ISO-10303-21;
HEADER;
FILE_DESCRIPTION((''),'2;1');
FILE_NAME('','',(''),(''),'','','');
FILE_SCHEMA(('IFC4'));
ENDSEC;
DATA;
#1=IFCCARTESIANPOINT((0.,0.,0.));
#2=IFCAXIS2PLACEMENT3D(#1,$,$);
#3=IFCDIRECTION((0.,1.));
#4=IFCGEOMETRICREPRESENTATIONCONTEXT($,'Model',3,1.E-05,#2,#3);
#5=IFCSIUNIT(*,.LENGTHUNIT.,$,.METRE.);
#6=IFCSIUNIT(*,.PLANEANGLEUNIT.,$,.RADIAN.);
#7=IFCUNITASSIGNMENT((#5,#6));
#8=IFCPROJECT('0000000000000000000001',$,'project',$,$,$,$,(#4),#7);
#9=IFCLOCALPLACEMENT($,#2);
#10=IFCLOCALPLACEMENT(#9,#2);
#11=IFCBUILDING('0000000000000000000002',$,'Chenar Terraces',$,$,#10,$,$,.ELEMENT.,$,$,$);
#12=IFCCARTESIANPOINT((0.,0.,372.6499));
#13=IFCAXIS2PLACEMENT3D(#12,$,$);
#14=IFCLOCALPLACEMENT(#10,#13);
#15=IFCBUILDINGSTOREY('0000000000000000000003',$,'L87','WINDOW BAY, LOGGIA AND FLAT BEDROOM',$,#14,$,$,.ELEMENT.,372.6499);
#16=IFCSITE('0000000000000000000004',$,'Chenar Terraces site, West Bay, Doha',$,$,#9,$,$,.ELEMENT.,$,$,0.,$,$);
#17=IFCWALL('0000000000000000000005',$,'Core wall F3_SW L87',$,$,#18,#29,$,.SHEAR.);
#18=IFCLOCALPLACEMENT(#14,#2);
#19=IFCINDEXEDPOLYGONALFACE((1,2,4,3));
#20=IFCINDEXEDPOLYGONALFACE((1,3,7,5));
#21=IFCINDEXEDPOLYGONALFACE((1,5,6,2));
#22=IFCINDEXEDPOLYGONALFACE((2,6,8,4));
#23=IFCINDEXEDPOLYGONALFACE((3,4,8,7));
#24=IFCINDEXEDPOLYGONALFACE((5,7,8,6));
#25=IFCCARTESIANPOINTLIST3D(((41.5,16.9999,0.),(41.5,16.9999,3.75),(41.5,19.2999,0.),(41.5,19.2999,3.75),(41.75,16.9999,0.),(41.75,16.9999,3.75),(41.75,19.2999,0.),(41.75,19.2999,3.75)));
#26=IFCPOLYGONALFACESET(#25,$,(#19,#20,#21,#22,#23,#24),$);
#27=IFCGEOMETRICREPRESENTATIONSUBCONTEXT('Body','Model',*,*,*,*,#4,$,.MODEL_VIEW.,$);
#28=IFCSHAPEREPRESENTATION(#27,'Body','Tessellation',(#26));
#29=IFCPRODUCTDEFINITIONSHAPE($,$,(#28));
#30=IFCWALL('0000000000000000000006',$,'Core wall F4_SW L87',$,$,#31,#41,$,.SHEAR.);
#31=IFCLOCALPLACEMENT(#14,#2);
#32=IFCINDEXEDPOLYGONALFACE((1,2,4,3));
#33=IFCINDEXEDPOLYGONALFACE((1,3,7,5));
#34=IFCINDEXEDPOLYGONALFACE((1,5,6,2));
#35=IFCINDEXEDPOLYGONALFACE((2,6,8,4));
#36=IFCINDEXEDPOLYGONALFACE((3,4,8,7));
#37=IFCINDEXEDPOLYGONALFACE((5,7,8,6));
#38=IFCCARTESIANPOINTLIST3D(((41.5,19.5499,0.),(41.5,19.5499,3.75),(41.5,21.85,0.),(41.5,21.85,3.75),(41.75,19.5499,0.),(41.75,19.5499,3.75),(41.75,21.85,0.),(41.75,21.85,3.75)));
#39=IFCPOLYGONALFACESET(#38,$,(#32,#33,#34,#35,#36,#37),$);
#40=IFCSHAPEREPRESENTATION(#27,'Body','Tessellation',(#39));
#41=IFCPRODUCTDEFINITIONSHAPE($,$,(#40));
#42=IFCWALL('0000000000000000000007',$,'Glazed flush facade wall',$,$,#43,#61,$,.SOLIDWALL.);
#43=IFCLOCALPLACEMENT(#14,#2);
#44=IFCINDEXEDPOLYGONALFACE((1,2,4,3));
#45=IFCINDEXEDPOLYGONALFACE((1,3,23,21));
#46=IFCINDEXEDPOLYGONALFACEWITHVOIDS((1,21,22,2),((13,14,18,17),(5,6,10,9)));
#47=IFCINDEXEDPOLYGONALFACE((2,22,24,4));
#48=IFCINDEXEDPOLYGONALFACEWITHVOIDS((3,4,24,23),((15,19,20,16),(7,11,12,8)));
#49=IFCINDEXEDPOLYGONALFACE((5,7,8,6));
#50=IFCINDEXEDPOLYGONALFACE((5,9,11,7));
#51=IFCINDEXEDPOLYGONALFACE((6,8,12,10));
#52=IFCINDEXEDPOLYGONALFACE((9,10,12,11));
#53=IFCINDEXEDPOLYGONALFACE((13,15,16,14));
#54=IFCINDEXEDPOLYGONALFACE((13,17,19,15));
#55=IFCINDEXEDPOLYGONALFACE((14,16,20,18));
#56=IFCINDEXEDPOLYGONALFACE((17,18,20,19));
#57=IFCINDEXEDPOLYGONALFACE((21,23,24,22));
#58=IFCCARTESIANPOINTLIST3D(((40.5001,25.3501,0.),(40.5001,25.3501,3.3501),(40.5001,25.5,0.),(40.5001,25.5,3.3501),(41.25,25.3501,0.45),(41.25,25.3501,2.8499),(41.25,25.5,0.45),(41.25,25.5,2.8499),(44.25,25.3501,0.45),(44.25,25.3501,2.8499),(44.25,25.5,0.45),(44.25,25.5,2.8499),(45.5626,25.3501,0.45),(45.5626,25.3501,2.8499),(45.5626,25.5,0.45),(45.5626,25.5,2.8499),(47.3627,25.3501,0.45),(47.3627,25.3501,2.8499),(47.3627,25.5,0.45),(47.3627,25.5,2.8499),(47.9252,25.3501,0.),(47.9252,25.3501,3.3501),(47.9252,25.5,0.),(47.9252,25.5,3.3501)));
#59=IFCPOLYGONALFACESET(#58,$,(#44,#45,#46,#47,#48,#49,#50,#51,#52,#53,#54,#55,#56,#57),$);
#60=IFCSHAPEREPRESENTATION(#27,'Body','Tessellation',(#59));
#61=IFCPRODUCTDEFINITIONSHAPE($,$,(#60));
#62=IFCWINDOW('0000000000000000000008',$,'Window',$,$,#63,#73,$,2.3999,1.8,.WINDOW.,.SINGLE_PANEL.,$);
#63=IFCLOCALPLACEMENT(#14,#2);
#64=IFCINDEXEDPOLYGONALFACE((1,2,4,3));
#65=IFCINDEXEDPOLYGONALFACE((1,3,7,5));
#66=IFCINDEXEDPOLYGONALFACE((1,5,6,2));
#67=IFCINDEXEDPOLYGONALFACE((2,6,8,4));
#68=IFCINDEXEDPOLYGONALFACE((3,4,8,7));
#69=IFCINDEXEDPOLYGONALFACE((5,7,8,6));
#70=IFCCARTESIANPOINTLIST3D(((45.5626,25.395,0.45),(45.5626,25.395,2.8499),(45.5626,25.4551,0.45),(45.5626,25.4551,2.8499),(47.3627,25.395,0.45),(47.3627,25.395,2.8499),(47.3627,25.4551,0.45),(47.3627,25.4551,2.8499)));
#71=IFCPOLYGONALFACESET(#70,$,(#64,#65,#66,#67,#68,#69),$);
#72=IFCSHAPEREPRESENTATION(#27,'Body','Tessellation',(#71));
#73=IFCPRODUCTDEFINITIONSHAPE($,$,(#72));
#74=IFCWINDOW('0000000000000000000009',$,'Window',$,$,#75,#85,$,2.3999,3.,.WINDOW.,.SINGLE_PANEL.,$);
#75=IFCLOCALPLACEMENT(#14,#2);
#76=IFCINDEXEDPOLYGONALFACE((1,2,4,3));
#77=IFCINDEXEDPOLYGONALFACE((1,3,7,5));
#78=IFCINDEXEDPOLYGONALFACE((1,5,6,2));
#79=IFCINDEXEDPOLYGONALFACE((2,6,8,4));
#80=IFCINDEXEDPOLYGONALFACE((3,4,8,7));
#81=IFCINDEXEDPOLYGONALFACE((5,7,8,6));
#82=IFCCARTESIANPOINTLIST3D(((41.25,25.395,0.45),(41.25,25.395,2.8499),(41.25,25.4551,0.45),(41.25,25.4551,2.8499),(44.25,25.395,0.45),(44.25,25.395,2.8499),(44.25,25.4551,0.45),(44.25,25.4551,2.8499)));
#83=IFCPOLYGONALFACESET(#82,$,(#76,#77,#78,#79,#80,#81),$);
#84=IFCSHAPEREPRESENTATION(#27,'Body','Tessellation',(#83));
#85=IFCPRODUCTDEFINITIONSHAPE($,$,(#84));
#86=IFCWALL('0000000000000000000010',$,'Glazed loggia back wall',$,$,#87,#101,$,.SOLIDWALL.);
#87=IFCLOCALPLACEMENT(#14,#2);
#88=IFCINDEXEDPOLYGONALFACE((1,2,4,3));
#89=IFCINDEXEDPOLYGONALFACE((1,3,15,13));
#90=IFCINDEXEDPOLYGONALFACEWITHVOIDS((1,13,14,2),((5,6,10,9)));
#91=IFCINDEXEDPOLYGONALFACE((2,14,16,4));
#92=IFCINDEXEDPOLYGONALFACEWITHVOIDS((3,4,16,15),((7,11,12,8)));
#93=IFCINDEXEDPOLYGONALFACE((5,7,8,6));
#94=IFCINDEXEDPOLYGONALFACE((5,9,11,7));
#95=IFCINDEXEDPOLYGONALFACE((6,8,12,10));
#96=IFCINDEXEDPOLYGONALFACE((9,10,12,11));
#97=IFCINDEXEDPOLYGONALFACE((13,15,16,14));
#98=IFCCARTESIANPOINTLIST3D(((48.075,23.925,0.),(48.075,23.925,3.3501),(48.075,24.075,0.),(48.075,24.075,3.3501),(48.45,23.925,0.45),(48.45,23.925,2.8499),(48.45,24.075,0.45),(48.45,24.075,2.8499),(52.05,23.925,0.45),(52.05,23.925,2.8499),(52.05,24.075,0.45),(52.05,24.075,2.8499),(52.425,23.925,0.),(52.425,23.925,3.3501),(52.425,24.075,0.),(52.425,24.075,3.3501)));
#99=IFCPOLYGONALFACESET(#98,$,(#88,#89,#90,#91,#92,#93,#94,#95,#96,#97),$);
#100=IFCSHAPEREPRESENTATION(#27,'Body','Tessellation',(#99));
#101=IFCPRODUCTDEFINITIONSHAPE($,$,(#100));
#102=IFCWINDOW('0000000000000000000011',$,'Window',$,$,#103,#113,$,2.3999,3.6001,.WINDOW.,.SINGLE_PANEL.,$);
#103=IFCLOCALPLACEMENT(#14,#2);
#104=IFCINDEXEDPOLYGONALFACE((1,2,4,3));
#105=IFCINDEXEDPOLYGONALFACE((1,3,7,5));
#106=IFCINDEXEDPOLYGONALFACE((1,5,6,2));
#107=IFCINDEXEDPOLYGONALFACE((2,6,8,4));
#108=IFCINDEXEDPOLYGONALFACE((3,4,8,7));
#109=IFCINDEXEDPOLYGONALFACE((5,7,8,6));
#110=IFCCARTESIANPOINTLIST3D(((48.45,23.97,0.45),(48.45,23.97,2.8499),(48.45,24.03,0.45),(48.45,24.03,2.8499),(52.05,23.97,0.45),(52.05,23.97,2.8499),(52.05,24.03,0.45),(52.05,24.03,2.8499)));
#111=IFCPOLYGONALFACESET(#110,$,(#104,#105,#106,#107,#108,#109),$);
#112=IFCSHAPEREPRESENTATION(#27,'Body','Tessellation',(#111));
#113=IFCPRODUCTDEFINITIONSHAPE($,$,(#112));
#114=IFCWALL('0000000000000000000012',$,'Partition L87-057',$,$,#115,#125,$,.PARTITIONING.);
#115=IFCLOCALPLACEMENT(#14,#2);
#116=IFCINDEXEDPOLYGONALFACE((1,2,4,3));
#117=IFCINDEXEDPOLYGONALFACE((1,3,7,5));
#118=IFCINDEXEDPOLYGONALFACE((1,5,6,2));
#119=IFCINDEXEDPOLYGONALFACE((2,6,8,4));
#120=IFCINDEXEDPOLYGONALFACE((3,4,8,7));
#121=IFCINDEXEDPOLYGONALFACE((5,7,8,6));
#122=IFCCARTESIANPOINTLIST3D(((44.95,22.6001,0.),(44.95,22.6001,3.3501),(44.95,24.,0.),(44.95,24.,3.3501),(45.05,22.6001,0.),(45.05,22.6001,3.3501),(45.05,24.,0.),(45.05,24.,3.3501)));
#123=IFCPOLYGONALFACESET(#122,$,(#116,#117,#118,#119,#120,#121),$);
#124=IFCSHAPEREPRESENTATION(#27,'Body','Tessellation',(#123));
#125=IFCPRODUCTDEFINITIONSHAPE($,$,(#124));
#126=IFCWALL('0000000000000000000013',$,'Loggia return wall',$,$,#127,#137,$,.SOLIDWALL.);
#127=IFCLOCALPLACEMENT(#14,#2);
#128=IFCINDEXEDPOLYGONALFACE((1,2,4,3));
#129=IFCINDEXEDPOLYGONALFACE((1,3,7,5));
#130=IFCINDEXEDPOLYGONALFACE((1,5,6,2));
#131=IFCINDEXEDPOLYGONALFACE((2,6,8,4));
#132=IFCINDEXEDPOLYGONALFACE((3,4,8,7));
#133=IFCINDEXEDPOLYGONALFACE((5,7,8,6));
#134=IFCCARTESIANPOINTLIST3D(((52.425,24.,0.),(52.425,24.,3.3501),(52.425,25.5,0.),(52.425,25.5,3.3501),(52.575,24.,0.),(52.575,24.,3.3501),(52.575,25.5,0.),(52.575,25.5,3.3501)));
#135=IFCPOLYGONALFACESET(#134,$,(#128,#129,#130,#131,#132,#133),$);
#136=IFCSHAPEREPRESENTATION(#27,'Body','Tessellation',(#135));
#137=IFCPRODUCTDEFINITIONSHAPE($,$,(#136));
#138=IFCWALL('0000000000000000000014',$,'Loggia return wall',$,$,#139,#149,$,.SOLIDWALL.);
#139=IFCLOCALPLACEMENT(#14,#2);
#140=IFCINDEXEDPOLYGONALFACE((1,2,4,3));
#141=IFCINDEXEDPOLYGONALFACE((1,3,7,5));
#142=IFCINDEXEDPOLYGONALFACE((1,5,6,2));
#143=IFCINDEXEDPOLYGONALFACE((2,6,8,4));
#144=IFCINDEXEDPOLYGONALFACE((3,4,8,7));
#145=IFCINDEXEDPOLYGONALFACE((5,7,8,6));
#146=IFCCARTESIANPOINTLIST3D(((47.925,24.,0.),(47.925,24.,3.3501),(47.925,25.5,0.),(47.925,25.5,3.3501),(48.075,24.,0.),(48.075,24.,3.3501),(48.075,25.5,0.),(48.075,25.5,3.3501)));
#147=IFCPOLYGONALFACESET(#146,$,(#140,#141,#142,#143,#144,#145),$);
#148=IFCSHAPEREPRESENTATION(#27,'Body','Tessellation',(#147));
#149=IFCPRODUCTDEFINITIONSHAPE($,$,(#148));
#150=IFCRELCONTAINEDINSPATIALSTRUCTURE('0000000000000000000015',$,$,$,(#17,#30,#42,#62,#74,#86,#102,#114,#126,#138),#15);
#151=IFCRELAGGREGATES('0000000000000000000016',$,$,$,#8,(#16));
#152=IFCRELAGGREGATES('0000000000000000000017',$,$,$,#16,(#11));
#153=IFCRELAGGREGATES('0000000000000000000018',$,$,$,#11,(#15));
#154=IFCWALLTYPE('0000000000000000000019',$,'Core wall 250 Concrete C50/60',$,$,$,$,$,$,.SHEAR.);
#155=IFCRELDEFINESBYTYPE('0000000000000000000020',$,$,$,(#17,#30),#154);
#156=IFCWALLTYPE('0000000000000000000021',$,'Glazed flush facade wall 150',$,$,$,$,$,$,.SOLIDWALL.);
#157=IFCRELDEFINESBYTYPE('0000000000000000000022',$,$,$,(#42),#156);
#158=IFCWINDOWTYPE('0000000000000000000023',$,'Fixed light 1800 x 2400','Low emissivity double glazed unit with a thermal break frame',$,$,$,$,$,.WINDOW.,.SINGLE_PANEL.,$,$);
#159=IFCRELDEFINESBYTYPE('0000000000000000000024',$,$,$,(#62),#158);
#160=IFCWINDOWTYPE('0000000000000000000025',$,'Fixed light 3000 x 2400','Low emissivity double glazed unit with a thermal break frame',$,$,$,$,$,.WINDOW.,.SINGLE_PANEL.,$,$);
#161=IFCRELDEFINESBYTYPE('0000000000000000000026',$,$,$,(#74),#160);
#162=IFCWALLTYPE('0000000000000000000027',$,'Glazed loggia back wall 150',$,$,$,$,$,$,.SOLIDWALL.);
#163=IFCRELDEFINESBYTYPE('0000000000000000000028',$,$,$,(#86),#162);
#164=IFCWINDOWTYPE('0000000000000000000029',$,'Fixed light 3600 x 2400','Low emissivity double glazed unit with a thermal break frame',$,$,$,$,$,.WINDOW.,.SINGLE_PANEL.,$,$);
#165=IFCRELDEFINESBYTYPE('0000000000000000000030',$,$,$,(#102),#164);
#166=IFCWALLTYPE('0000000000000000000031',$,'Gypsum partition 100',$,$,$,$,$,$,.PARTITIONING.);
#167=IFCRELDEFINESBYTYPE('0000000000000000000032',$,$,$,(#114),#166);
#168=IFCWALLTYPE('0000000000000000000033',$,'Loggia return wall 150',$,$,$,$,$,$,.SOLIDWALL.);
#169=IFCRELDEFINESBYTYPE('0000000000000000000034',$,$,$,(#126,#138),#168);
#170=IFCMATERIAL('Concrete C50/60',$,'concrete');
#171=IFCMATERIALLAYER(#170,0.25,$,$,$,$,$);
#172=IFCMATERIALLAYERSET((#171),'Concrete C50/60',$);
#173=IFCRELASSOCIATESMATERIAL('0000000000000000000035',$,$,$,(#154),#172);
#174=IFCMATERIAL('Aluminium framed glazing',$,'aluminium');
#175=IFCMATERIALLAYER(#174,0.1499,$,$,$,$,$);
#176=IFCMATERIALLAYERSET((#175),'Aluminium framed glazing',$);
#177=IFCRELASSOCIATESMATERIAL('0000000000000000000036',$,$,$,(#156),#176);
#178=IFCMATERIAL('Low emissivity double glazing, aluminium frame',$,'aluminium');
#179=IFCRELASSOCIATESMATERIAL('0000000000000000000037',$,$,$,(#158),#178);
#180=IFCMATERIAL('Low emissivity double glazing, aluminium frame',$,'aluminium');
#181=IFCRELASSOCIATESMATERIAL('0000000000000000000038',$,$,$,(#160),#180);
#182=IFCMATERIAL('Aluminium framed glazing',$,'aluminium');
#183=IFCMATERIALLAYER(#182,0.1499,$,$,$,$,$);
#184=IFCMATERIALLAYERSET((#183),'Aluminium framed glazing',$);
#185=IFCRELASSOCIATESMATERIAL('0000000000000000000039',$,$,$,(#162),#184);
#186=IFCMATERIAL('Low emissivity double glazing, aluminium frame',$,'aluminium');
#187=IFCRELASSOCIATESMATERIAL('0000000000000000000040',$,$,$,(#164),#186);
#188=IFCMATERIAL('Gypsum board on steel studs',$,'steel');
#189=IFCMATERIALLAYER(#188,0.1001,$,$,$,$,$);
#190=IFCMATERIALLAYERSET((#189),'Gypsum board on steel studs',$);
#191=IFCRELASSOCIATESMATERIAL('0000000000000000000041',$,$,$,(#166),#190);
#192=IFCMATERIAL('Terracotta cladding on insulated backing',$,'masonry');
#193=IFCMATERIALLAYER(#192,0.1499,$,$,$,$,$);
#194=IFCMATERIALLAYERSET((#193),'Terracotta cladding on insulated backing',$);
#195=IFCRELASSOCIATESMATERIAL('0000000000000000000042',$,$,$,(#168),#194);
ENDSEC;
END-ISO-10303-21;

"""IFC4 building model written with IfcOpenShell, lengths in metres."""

from ifc_helpers import new_model, si_unit, direction, frame, frame_2d, origin, place, context, subcontext, project, spatial, rectangle, extrude, material, layer, layer_set, type_object, element, fill, save


model = new_model("IFC4")

# Units and contexts
model_context = context("Model", 3, precision=1e-05, world=origin(), true_north=direction((0.0, 1.0)))
body_context = subcontext(model_context, "Body", "Model", "MODEL_VIEW")
ifc_project = project(units=[si_unit("LENGTHUNIT", "METRE"), si_unit("PLANEANGLEUNIT", "RADIAN")], contexts=[model_context])

# Site, building, storey
site_placement = place(None, origin())
site = spatial("IfcSite", under=ifc_project, at=site_placement, Name="Chenar Terraces site, West Bay, Doha", CompositionType="ELEMENT", RefElevation=0.0)
building_placement = place(site_placement, origin())
building = spatial("IfcBuilding", under=site, at=building_placement, Name="Chenar Terraces", CompositionType="ELEMENT")
storey_placement = place(building_placement, frame((0.0, 0.0, 372.6499)))
storey = spatial("IfcBuildingStorey", under=building, at=storey_placement, Name="L87", Description="WINDOW BAY, LOGGIA AND FLAT BEDROOM", CompositionType="ELEMENT", Elevation=372.6499)

# Walls
ifc_material_1 = material(Name="Concrete C50/60", Category="concrete")
ifc_layer_1 = layer(ifc_material_1, 0.25)
ifc_layer_set_1 = layer_set([ifc_layer_1], Name="Concrete C50/60")
wall_type_1 = type_object("IfcWallType", Name="Core wall 250 Concrete C50/60", PredefinedType="SHEAR", material=ifc_layer_set_1)
for number, where, z_axis, x_axis, name in (
    (1, (41.625, 17.0, 0.0), (0.0, 0.0, 1.0), (0.0, 1.0, 0.0), "Core wall F3_SW L87"),
    (2, (41.625, 19.55, 0.0), (0.0, 0.0, 1.0), (0.0, 1.0, 0.0), "Core wall F4_SW L87"),
):
    element("IfcWall", number, at=place(storey_placement, frame(where, z_axis=z_axis, x_axis=x_axis)), inside=storey, type_object=wall_type_1, Name=name, PredefinedType="SHEAR", context=body_context, shape_type="SweptSolid", body=[
        extrude(rectangle(XDim=2.3, YDim=0.25, at=frame_2d((1.1499, 0.0))), origin(), (0.0, 0.0, 1.0), 3.75),
    ])

# Wall, openings, windows
ifc_material_2 = material(Name="Aluminium framed glazing", Category="aluminium")
ifc_layer_2 = layer(ifc_material_2, 0.1499)
ifc_layer_set_2 = layer_set([ifc_layer_2], Name="Aluminium framed glazing")
wall_type_2 = type_object("IfcWallType", Name="Glazed flush facade wall 150", PredefinedType="SOLIDWALL", material=ifc_layer_set_2)
wall_1_placement = place(storey_placement, frame((47.925, 25.425, 0.0), z_axis=(0.0, 0.0, 1.0), x_axis=(-1.0, 0.0, 0.0)))
wall_1 = element("IfcWall", 3, at=wall_1_placement, inside=storey, type_object=wall_type_2, Name="Glazed flush facade wall", PredefinedType="SOLIDWALL", context=body_context, shape_type="SweptSolid", body=[
    extrude(rectangle(XDim=7.425, YDim=0.1499, at=frame_2d((3.7124, 0.0))), origin(), (0.0, 0.0, 1.0), 3.3501),
])
opening_1_placement = place(wall_1_placement, frame((0.5625, 0.0, 0.45)))
opening_1 = element("IfcOpeningElement", 4, at=opening_1_placement, cuts=wall_1, PredefinedType="OPENING", context=body_context, shape_type="SweptSolid", body=[
    extrude(rectangle(XDim=1.8, YDim=2.3999, at=frame_2d((0.8999, 1.2))), frame((0.0, 0.085, 0.0), z_axis=(0.0, -1.0, 0.0), x_axis=(1.0, 0.0, 0.0)), (0.0, 0.0, 1.0), 0.1699),
])
opening_2_placement = place(wall_1_placement, frame((3.675, 0.0, 0.45)))
opening_2 = element("IfcOpeningElement", 5, at=opening_2_placement, cuts=wall_1, PredefinedType="OPENING", context=body_context, shape_type="SweptSolid", body=[
    extrude(rectangle(XDim=3.0, YDim=2.3999, at=frame_2d((1.5, 1.2))), frame((0.0, 0.085, 0.0), z_axis=(0.0, -1.0, 0.0), x_axis=(1.0, 0.0, 0.0)), (0.0, 0.0, 1.0), 0.1699),
])
ifc_material_3 = material(Name="Low emissivity double glazing, aluminium frame", Category="aluminium")
window_type_1 = type_object("IfcWindowType", Name="Fixed light 1800 x 2400", Description="Low emissivity double glazed unit with a thermal break frame", PartitioningType="SINGLE_PANEL", PredefinedType="WINDOW", material=ifc_material_3)
window_1_placement = place(opening_1_placement, origin())
window_1 = element("IfcWindow", 6, at=window_1_placement, inside=storey, type_object=window_type_1, Name="Window", OverallHeight=2.3999, OverallWidth=1.8, PartitioningType="SINGLE_PANEL", PredefinedType="WINDOW", context=body_context, shape_type="SweptSolid", body=[
    extrude(rectangle(XDim=1.8, YDim=2.3999, at=frame_2d((0.8999, 1.2))), frame((0.0, 0.03, 0.0), z_axis=(0.0, -1.0, 0.0), x_axis=(1.0, 0.0, 0.0)), (0.0, 0.0, 1.0), 0.0601),
])
fill(opening_1, window_1)
ifc_material_4 = material(Name="Low emissivity double glazing, aluminium frame", Category="aluminium")
window_type_2 = type_object("IfcWindowType", Name="Fixed light 3000 x 2400", Description="Low emissivity double glazed unit with a thermal break frame", PartitioningType="SINGLE_PANEL", PredefinedType="WINDOW", material=ifc_material_4)
window_2_placement = place(opening_2_placement, origin())
window_2 = element("IfcWindow", 7, at=window_2_placement, inside=storey, type_object=window_type_2, Name="Window", OverallHeight=2.3999, OverallWidth=3.0, PartitioningType="SINGLE_PANEL", PredefinedType="WINDOW", context=body_context, shape_type="SweptSolid", body=[
    extrude(rectangle(XDim=3.0, YDim=2.3999, at=frame_2d((1.5, 1.2))), frame((0.0, 0.03, 0.0), z_axis=(0.0, -1.0, 0.0), x_axis=(1.0, 0.0, 0.0)), (0.0, 0.0, 1.0), 0.0601),
])
fill(opening_2, window_2)

# Wall, opening, window
ifc_material_5 = material(Name="Aluminium framed glazing", Category="aluminium")
ifc_layer_3 = layer(ifc_material_5, 0.1499)
ifc_layer_set_3 = layer_set([ifc_layer_3], Name="Aluminium framed glazing")
wall_type_3 = type_object("IfcWallType", Name="Glazed loggia back wall 150", PredefinedType="SOLIDWALL", material=ifc_layer_set_3)
wall_2_placement = place(storey_placement, frame((52.425, 24.0, 0.0), z_axis=(0.0, 0.0, 1.0), x_axis=(-1.0, 0.0, 0.0)))
wall_2 = element("IfcWall", 8, at=wall_2_placement, inside=storey, type_object=wall_type_3, Name="Glazed loggia back wall", PredefinedType="SOLIDWALL", context=body_context, shape_type="SweptSolid", body=[
    extrude(rectangle(XDim=4.3501, YDim=0.1499, at=frame_2d((2.175, 0.0))), origin(), (0.0, 0.0, 1.0), 3.3501),
])
opening_3_placement = place(wall_2_placement, frame((0.375, 0.0, 0.45)))
opening_3 = element("IfcOpeningElement", 9, at=opening_3_placement, cuts=wall_2, PredefinedType="OPENING", context=body_context, shape_type="SweptSolid", body=[
    extrude(rectangle(XDim=3.6001, YDim=2.3999, at=frame_2d((1.8, 1.2))), frame((0.0, 0.085, 0.0), z_axis=(0.0, -1.0, 0.0), x_axis=(1.0, 0.0, 0.0)), (0.0, 0.0, 1.0), 0.1699),
])
ifc_material_6 = material(Name="Low emissivity double glazing, aluminium frame", Category="aluminium")
window_type_3 = type_object("IfcWindowType", Name="Fixed light 3600 x 2400", Description="Low emissivity double glazed unit with a thermal break frame", PartitioningType="SINGLE_PANEL", PredefinedType="WINDOW", material=ifc_material_6)
window_3_placement = place(opening_3_placement, origin())
window_3 = element("IfcWindow", 10, at=window_3_placement, inside=storey, type_object=window_type_3, Name="Window", OverallHeight=2.3999, OverallWidth=3.6001, PartitioningType="SINGLE_PANEL", PredefinedType="WINDOW", context=body_context, shape_type="SweptSolid", body=[
    extrude(rectangle(XDim=3.6001, YDim=2.3999, at=frame_2d((1.8, 1.2))), frame((0.0, 0.03, 0.0), z_axis=(0.0, -1.0, 0.0), x_axis=(1.0, 0.0, 0.0)), (0.0, 0.0, 1.0), 0.0601),
])
fill(opening_3, window_3)

# Walls
ifc_material_7 = material(Name="Gypsum board on steel studs", Category="steel")
ifc_layer_4 = layer(ifc_material_7, 0.1001)
ifc_layer_set_4 = layer_set([ifc_layer_4], Name="Gypsum board on steel studs")
wall_type_4 = type_object("IfcWallType", Name="Gypsum partition 100", PredefinedType="PARTITIONING", material=ifc_layer_set_4)
wall_3_placement = place(storey_placement, frame((45.0, 22.6001, 0.0), z_axis=(0.0, 0.0, 1.0), x_axis=(0.0, 1.0, 0.0)))
element("IfcWall", 11, at=wall_3_placement, inside=storey, type_object=wall_type_4, Name="Partition L87-057", PredefinedType="PARTITIONING", context=body_context, shape_type="SweptSolid", body=[
    extrude(rectangle(XDim=1.3999, YDim=0.1001, at=frame_2d((0.7, 0.0))), origin(), (0.0, 0.0, 1.0), 3.3501),
])
ifc_material_8 = material(Name="Terracotta cladding on insulated backing", Category="masonry")
ifc_layer_5 = layer(ifc_material_8, 0.1499)
ifc_layer_set_5 = layer_set([ifc_layer_5], Name="Terracotta cladding on insulated backing")
wall_type_5 = type_object("IfcWallType", Name="Loggia return wall 150", PredefinedType="SOLIDWALL", material=ifc_layer_set_5)
for number, where, z_axis, x_axis, name in (
    (12, (52.5, 25.5, 0.0), (0.0, 0.0, 1.0), (0.0, -1.0, 0.0), "Loggia return wall"),
    (13, (48.0, 25.5, 0.0), (0.0, 0.0, 1.0), (0.0, -1.0, 0.0), "Loggia return wall"),
):
    element("IfcWall", number, at=place(storey_placement, frame(where, z_axis=z_axis, x_axis=x_axis)), inside=storey, type_object=wall_type_5, Name=name, PredefinedType="SOLIDWALL", context=body_context, shape_type="SweptSolid", body=[
        extrude(rectangle(XDim=1.5, YDim=0.1499, at=frame_2d((0.75, 0.0))), origin(), (0.0, 0.0, 1.0), 3.3501),
    ])

save(model, "model.ifc")
